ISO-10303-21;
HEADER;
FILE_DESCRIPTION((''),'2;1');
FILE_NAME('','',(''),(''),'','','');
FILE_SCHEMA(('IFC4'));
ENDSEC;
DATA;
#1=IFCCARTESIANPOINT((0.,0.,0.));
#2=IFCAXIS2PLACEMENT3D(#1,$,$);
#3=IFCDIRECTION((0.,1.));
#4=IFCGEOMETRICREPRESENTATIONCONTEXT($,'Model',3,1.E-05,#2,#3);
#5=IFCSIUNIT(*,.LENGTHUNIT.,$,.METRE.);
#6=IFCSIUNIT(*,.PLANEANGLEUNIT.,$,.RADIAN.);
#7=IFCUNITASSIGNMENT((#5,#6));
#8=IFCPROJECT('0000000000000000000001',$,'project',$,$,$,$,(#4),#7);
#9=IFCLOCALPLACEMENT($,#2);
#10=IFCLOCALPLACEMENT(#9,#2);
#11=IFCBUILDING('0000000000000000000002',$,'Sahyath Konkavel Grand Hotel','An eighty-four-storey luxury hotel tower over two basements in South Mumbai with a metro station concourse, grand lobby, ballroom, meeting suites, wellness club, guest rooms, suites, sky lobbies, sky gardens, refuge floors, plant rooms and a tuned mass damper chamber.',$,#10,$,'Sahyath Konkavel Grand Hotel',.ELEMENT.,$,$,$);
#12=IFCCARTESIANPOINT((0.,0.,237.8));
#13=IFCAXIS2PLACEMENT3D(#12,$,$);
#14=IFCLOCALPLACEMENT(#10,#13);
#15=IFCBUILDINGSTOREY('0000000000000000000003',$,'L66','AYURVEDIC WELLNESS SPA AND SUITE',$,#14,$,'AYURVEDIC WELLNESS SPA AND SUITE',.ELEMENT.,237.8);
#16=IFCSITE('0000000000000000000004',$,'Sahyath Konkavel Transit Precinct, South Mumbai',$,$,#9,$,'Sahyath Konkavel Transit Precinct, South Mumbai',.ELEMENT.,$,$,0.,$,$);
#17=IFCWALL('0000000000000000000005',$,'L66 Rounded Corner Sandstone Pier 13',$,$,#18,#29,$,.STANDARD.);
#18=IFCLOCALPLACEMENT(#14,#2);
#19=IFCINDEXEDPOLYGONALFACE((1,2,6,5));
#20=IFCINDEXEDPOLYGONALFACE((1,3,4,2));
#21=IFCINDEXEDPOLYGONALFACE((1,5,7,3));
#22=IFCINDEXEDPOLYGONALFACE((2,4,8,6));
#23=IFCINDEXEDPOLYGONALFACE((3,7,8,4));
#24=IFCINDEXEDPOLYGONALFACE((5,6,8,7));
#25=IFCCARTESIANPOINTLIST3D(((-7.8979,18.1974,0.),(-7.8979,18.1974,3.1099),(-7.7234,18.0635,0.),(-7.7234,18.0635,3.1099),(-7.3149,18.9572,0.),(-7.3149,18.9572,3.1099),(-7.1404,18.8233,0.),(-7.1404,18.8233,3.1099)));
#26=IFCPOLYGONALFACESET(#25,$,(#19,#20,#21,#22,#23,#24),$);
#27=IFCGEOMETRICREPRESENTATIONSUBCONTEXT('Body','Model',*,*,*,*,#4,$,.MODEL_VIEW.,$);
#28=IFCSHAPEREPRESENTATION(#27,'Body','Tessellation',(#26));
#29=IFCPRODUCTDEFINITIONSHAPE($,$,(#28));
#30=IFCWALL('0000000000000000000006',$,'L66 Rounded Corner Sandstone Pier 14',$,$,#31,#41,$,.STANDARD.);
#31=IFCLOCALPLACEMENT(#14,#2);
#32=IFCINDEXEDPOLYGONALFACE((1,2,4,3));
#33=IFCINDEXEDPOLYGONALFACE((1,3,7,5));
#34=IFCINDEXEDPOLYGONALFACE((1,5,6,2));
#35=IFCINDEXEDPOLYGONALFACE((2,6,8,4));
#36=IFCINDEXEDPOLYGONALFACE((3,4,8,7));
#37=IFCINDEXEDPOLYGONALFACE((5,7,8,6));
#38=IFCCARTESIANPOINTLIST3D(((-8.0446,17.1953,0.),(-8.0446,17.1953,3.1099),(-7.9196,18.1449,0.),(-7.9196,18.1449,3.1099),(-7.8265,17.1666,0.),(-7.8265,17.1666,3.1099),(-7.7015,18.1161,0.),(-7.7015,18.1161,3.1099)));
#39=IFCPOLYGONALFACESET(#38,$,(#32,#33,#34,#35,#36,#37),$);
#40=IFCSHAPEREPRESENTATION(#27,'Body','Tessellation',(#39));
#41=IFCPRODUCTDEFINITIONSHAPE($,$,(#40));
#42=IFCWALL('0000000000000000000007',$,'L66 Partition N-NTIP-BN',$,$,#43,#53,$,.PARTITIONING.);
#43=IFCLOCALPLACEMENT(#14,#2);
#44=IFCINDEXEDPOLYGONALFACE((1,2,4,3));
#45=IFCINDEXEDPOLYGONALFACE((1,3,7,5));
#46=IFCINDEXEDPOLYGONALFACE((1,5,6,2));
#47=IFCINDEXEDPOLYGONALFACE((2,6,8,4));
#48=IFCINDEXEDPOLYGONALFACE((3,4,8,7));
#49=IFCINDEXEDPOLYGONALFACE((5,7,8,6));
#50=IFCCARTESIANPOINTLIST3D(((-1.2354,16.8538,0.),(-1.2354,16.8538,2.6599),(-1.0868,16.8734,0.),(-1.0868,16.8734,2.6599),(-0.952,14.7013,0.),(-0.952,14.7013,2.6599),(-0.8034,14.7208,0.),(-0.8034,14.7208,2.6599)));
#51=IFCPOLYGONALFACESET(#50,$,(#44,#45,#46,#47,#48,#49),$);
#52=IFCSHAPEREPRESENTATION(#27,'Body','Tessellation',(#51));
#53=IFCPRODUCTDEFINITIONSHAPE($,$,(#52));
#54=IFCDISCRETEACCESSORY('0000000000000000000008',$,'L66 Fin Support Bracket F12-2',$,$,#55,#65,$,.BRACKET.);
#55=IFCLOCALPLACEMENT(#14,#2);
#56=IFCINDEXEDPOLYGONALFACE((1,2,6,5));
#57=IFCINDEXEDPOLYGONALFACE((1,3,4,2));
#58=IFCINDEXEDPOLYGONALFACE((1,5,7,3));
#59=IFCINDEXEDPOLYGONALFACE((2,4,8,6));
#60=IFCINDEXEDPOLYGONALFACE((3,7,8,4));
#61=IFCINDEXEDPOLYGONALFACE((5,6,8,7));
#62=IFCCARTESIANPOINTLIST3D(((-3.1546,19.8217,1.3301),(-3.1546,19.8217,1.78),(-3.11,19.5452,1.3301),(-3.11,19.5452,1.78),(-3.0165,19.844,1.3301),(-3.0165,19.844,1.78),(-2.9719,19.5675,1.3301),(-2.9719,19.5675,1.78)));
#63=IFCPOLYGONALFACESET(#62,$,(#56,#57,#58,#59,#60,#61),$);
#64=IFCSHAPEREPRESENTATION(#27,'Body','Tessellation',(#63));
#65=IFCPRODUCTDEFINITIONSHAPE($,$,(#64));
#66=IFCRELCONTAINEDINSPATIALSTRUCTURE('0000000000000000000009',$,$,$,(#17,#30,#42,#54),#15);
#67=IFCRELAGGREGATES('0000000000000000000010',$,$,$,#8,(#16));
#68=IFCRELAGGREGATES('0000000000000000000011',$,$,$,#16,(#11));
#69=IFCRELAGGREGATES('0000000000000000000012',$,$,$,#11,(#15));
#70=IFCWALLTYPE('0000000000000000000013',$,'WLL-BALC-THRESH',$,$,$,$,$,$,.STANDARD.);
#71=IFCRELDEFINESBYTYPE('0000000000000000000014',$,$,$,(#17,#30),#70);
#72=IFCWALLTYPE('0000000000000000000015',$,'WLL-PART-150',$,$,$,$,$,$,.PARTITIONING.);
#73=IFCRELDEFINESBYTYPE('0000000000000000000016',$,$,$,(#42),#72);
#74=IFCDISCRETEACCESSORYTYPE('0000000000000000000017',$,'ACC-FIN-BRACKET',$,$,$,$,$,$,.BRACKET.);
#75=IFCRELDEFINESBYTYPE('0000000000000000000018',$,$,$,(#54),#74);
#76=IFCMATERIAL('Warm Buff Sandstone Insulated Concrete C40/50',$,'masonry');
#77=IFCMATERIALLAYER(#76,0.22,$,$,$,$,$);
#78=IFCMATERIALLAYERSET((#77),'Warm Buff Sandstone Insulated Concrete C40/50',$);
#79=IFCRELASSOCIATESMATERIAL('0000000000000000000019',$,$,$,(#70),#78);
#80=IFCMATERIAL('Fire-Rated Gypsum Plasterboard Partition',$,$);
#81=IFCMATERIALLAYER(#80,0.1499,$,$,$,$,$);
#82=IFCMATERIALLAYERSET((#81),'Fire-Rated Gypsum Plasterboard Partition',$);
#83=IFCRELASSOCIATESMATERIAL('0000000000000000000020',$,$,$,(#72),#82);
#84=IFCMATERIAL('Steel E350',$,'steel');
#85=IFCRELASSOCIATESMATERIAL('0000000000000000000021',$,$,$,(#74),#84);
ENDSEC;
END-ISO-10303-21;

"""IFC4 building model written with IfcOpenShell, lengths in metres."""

from ifc_helpers import new_model, si_unit, direction, frame, frame_2d, origin, origin_2d, place, context, subcontext, project, spatial, rectangle, extrude, source, transform, mapped, material, layer, layer_set, type_object, element, save


model = new_model("IFC4")

# Units and contexts
model_context = context("Model", 3, precision=1e-05, world=origin(), true_north=direction((0.0, 1.0)))
body_context = subcontext(model_context, "Body", "Model", "MODEL_VIEW")
ifc_project = project(units=[si_unit("LENGTHUNIT", "METRE"), si_unit("PLANEANGLEUNIT", "RADIAN")], contexts=[model_context])

# Site, building, storey
site_placement = place(None, origin())
site = spatial("IfcSite", under=ifc_project, at=site_placement, Name="Sahyath Konkavel Transit Precinct, South Mumbai", LongName="Sahyath Konkavel Transit Precinct, South Mumbai", CompositionType="ELEMENT", RefElevation=0.0)
building_placement = place(site_placement, origin())
building = spatial("IfcBuilding", under=site, at=building_placement, Name="Sahyath Konkavel Grand Hotel", Description="An eighty-four-storey luxury hotel tower over two basements in South Mumbai with a metro station concourse, grand lobby, ballroom, meeting suites, wellness club, guest rooms, suites, sky lobbies, sky gardens, refuge floors, plant rooms and a tuned mass damper chamber.", LongName="Sahyath Konkavel Grand Hotel", CompositionType="ELEMENT")
storey_placement = place(building_placement, frame((0.0, 0.0, 237.8)))
storey = spatial("IfcBuildingStorey", under=building, at=storey_placement, Name="L66", Description="AYURVEDIC WELLNESS SPA AND SUITE", LongName="AYURVEDIC WELLNESS SPA AND SUITE", CompositionType="ELEMENT", Elevation=237.8)

# Shared definitions
ifc_material_1 = material(Name="Steel E350", Category="steel")

# Walls
ifc_material_2 = material(Name="Warm Buff Sandstone Insulated Concrete C40/50", Category="masonry")
ifc_layer_1 = layer(ifc_material_2, 0.22)
ifc_layer_set_1 = layer_set([ifc_layer_1], Name="Warm Buff Sandstone Insulated Concrete C40/50")
wall_type_1 = type_object("IfcWallType", Name="WLL-BALC-THRESH", PredefinedType="STANDARD", material=ifc_layer_set_1)
for number, where, z_axis, x_axis, name in (
    (1, (-7.2275, 18.8904, 0.0), (0.0, 0.0, 1.0), (-0.608774, -0.793344, 0.0), "L66 Rounded Corner Sandstone Pier 13"),
    (2, (-7.8105, 18.1306, 0.0), (0.0, 0.0, 1.0), (-0.130527, -0.991445, 0.0), "L66 Rounded Corner Sandstone Pier 14"),
):
    element("IfcWall", number, at=place(storey_placement, frame(where, z_axis=z_axis, x_axis=x_axis)), inside=storey, type_object=wall_type_1, Name=name, PredefinedType="STANDARD", context=body_context, shape_type="SweptSolid", body=[
        extrude(rectangle(XDim=0.9578, YDim=0.22, at=frame_2d((0.479, 0.0))), origin(), (0.0, 0.0, 1.0), 3.1099),
    ])
ifc_material_3 = material(Name="Fire-Rated Gypsum Plasterboard Partition")
ifc_layer_2 = layer(ifc_material_3, 0.1499)
ifc_layer_set_2 = layer_set([ifc_layer_2], Name="Fire-Rated Gypsum Plasterboard Partition")
wall_type_2 = type_object("IfcWallType", Name="WLL-PART-150", PredefinedType="PARTITIONING", material=ifc_layer_set_2)
wall_placement = place(storey_placement, frame((-0.8777, 14.7112, 0.0), z_axis=(0.0, 0.0, 1.0), x_axis=(-0.130551, 0.991442, 0.0)))
element("IfcWall", 3, at=wall_placement, inside=storey, type_object=wall_type_2, Name="L66 Partition N-NTIP-BN", PredefinedType="PARTITIONING", context=body_context, shape_type="SweptSolid", body=[
    extrude(rectangle(XDim=2.1711, YDim=0.1499, at=frame_2d((1.0854, 0.0))), origin(), (0.0, 0.0, 1.0), 2.6599),
])

# Discrete accessory
discrete_accessory_type = type_object("IfcDiscreteAccessoryType", Name="ACC-FIN-BRACKET", PredefinedType="BRACKET", material=ifc_material_1)
shared_shape_1 = source(origin(), body_context, "Body", "SweptSolid", [
    extrude(rectangle(XDim=0.28, YDim=0.1399, at=origin_2d()), origin(), (0.0, 0.0, 1.0), 0.45),
])
discrete_accessory_placement = place(storey_placement, frame((-3.0632, 19.6946, 1.3301), z_axis=(0.0, 0.0, 1.0), x_axis=(-0.15945, 0.987206, 0.0)))
element("IfcDiscreteAccessory", 4, at=discrete_accessory_placement, inside=storey, type_object=discrete_accessory_type, Name="L66 Fin Support Bracket F12-2", PredefinedType="BRACKET", context=body_context, shape_type="MappedRepresentation", body=[
    mapped(shared_shape_1, transform((0.0, 0.0, 0.0), scale=1.0)),
])

save(model, "model.ifc")
